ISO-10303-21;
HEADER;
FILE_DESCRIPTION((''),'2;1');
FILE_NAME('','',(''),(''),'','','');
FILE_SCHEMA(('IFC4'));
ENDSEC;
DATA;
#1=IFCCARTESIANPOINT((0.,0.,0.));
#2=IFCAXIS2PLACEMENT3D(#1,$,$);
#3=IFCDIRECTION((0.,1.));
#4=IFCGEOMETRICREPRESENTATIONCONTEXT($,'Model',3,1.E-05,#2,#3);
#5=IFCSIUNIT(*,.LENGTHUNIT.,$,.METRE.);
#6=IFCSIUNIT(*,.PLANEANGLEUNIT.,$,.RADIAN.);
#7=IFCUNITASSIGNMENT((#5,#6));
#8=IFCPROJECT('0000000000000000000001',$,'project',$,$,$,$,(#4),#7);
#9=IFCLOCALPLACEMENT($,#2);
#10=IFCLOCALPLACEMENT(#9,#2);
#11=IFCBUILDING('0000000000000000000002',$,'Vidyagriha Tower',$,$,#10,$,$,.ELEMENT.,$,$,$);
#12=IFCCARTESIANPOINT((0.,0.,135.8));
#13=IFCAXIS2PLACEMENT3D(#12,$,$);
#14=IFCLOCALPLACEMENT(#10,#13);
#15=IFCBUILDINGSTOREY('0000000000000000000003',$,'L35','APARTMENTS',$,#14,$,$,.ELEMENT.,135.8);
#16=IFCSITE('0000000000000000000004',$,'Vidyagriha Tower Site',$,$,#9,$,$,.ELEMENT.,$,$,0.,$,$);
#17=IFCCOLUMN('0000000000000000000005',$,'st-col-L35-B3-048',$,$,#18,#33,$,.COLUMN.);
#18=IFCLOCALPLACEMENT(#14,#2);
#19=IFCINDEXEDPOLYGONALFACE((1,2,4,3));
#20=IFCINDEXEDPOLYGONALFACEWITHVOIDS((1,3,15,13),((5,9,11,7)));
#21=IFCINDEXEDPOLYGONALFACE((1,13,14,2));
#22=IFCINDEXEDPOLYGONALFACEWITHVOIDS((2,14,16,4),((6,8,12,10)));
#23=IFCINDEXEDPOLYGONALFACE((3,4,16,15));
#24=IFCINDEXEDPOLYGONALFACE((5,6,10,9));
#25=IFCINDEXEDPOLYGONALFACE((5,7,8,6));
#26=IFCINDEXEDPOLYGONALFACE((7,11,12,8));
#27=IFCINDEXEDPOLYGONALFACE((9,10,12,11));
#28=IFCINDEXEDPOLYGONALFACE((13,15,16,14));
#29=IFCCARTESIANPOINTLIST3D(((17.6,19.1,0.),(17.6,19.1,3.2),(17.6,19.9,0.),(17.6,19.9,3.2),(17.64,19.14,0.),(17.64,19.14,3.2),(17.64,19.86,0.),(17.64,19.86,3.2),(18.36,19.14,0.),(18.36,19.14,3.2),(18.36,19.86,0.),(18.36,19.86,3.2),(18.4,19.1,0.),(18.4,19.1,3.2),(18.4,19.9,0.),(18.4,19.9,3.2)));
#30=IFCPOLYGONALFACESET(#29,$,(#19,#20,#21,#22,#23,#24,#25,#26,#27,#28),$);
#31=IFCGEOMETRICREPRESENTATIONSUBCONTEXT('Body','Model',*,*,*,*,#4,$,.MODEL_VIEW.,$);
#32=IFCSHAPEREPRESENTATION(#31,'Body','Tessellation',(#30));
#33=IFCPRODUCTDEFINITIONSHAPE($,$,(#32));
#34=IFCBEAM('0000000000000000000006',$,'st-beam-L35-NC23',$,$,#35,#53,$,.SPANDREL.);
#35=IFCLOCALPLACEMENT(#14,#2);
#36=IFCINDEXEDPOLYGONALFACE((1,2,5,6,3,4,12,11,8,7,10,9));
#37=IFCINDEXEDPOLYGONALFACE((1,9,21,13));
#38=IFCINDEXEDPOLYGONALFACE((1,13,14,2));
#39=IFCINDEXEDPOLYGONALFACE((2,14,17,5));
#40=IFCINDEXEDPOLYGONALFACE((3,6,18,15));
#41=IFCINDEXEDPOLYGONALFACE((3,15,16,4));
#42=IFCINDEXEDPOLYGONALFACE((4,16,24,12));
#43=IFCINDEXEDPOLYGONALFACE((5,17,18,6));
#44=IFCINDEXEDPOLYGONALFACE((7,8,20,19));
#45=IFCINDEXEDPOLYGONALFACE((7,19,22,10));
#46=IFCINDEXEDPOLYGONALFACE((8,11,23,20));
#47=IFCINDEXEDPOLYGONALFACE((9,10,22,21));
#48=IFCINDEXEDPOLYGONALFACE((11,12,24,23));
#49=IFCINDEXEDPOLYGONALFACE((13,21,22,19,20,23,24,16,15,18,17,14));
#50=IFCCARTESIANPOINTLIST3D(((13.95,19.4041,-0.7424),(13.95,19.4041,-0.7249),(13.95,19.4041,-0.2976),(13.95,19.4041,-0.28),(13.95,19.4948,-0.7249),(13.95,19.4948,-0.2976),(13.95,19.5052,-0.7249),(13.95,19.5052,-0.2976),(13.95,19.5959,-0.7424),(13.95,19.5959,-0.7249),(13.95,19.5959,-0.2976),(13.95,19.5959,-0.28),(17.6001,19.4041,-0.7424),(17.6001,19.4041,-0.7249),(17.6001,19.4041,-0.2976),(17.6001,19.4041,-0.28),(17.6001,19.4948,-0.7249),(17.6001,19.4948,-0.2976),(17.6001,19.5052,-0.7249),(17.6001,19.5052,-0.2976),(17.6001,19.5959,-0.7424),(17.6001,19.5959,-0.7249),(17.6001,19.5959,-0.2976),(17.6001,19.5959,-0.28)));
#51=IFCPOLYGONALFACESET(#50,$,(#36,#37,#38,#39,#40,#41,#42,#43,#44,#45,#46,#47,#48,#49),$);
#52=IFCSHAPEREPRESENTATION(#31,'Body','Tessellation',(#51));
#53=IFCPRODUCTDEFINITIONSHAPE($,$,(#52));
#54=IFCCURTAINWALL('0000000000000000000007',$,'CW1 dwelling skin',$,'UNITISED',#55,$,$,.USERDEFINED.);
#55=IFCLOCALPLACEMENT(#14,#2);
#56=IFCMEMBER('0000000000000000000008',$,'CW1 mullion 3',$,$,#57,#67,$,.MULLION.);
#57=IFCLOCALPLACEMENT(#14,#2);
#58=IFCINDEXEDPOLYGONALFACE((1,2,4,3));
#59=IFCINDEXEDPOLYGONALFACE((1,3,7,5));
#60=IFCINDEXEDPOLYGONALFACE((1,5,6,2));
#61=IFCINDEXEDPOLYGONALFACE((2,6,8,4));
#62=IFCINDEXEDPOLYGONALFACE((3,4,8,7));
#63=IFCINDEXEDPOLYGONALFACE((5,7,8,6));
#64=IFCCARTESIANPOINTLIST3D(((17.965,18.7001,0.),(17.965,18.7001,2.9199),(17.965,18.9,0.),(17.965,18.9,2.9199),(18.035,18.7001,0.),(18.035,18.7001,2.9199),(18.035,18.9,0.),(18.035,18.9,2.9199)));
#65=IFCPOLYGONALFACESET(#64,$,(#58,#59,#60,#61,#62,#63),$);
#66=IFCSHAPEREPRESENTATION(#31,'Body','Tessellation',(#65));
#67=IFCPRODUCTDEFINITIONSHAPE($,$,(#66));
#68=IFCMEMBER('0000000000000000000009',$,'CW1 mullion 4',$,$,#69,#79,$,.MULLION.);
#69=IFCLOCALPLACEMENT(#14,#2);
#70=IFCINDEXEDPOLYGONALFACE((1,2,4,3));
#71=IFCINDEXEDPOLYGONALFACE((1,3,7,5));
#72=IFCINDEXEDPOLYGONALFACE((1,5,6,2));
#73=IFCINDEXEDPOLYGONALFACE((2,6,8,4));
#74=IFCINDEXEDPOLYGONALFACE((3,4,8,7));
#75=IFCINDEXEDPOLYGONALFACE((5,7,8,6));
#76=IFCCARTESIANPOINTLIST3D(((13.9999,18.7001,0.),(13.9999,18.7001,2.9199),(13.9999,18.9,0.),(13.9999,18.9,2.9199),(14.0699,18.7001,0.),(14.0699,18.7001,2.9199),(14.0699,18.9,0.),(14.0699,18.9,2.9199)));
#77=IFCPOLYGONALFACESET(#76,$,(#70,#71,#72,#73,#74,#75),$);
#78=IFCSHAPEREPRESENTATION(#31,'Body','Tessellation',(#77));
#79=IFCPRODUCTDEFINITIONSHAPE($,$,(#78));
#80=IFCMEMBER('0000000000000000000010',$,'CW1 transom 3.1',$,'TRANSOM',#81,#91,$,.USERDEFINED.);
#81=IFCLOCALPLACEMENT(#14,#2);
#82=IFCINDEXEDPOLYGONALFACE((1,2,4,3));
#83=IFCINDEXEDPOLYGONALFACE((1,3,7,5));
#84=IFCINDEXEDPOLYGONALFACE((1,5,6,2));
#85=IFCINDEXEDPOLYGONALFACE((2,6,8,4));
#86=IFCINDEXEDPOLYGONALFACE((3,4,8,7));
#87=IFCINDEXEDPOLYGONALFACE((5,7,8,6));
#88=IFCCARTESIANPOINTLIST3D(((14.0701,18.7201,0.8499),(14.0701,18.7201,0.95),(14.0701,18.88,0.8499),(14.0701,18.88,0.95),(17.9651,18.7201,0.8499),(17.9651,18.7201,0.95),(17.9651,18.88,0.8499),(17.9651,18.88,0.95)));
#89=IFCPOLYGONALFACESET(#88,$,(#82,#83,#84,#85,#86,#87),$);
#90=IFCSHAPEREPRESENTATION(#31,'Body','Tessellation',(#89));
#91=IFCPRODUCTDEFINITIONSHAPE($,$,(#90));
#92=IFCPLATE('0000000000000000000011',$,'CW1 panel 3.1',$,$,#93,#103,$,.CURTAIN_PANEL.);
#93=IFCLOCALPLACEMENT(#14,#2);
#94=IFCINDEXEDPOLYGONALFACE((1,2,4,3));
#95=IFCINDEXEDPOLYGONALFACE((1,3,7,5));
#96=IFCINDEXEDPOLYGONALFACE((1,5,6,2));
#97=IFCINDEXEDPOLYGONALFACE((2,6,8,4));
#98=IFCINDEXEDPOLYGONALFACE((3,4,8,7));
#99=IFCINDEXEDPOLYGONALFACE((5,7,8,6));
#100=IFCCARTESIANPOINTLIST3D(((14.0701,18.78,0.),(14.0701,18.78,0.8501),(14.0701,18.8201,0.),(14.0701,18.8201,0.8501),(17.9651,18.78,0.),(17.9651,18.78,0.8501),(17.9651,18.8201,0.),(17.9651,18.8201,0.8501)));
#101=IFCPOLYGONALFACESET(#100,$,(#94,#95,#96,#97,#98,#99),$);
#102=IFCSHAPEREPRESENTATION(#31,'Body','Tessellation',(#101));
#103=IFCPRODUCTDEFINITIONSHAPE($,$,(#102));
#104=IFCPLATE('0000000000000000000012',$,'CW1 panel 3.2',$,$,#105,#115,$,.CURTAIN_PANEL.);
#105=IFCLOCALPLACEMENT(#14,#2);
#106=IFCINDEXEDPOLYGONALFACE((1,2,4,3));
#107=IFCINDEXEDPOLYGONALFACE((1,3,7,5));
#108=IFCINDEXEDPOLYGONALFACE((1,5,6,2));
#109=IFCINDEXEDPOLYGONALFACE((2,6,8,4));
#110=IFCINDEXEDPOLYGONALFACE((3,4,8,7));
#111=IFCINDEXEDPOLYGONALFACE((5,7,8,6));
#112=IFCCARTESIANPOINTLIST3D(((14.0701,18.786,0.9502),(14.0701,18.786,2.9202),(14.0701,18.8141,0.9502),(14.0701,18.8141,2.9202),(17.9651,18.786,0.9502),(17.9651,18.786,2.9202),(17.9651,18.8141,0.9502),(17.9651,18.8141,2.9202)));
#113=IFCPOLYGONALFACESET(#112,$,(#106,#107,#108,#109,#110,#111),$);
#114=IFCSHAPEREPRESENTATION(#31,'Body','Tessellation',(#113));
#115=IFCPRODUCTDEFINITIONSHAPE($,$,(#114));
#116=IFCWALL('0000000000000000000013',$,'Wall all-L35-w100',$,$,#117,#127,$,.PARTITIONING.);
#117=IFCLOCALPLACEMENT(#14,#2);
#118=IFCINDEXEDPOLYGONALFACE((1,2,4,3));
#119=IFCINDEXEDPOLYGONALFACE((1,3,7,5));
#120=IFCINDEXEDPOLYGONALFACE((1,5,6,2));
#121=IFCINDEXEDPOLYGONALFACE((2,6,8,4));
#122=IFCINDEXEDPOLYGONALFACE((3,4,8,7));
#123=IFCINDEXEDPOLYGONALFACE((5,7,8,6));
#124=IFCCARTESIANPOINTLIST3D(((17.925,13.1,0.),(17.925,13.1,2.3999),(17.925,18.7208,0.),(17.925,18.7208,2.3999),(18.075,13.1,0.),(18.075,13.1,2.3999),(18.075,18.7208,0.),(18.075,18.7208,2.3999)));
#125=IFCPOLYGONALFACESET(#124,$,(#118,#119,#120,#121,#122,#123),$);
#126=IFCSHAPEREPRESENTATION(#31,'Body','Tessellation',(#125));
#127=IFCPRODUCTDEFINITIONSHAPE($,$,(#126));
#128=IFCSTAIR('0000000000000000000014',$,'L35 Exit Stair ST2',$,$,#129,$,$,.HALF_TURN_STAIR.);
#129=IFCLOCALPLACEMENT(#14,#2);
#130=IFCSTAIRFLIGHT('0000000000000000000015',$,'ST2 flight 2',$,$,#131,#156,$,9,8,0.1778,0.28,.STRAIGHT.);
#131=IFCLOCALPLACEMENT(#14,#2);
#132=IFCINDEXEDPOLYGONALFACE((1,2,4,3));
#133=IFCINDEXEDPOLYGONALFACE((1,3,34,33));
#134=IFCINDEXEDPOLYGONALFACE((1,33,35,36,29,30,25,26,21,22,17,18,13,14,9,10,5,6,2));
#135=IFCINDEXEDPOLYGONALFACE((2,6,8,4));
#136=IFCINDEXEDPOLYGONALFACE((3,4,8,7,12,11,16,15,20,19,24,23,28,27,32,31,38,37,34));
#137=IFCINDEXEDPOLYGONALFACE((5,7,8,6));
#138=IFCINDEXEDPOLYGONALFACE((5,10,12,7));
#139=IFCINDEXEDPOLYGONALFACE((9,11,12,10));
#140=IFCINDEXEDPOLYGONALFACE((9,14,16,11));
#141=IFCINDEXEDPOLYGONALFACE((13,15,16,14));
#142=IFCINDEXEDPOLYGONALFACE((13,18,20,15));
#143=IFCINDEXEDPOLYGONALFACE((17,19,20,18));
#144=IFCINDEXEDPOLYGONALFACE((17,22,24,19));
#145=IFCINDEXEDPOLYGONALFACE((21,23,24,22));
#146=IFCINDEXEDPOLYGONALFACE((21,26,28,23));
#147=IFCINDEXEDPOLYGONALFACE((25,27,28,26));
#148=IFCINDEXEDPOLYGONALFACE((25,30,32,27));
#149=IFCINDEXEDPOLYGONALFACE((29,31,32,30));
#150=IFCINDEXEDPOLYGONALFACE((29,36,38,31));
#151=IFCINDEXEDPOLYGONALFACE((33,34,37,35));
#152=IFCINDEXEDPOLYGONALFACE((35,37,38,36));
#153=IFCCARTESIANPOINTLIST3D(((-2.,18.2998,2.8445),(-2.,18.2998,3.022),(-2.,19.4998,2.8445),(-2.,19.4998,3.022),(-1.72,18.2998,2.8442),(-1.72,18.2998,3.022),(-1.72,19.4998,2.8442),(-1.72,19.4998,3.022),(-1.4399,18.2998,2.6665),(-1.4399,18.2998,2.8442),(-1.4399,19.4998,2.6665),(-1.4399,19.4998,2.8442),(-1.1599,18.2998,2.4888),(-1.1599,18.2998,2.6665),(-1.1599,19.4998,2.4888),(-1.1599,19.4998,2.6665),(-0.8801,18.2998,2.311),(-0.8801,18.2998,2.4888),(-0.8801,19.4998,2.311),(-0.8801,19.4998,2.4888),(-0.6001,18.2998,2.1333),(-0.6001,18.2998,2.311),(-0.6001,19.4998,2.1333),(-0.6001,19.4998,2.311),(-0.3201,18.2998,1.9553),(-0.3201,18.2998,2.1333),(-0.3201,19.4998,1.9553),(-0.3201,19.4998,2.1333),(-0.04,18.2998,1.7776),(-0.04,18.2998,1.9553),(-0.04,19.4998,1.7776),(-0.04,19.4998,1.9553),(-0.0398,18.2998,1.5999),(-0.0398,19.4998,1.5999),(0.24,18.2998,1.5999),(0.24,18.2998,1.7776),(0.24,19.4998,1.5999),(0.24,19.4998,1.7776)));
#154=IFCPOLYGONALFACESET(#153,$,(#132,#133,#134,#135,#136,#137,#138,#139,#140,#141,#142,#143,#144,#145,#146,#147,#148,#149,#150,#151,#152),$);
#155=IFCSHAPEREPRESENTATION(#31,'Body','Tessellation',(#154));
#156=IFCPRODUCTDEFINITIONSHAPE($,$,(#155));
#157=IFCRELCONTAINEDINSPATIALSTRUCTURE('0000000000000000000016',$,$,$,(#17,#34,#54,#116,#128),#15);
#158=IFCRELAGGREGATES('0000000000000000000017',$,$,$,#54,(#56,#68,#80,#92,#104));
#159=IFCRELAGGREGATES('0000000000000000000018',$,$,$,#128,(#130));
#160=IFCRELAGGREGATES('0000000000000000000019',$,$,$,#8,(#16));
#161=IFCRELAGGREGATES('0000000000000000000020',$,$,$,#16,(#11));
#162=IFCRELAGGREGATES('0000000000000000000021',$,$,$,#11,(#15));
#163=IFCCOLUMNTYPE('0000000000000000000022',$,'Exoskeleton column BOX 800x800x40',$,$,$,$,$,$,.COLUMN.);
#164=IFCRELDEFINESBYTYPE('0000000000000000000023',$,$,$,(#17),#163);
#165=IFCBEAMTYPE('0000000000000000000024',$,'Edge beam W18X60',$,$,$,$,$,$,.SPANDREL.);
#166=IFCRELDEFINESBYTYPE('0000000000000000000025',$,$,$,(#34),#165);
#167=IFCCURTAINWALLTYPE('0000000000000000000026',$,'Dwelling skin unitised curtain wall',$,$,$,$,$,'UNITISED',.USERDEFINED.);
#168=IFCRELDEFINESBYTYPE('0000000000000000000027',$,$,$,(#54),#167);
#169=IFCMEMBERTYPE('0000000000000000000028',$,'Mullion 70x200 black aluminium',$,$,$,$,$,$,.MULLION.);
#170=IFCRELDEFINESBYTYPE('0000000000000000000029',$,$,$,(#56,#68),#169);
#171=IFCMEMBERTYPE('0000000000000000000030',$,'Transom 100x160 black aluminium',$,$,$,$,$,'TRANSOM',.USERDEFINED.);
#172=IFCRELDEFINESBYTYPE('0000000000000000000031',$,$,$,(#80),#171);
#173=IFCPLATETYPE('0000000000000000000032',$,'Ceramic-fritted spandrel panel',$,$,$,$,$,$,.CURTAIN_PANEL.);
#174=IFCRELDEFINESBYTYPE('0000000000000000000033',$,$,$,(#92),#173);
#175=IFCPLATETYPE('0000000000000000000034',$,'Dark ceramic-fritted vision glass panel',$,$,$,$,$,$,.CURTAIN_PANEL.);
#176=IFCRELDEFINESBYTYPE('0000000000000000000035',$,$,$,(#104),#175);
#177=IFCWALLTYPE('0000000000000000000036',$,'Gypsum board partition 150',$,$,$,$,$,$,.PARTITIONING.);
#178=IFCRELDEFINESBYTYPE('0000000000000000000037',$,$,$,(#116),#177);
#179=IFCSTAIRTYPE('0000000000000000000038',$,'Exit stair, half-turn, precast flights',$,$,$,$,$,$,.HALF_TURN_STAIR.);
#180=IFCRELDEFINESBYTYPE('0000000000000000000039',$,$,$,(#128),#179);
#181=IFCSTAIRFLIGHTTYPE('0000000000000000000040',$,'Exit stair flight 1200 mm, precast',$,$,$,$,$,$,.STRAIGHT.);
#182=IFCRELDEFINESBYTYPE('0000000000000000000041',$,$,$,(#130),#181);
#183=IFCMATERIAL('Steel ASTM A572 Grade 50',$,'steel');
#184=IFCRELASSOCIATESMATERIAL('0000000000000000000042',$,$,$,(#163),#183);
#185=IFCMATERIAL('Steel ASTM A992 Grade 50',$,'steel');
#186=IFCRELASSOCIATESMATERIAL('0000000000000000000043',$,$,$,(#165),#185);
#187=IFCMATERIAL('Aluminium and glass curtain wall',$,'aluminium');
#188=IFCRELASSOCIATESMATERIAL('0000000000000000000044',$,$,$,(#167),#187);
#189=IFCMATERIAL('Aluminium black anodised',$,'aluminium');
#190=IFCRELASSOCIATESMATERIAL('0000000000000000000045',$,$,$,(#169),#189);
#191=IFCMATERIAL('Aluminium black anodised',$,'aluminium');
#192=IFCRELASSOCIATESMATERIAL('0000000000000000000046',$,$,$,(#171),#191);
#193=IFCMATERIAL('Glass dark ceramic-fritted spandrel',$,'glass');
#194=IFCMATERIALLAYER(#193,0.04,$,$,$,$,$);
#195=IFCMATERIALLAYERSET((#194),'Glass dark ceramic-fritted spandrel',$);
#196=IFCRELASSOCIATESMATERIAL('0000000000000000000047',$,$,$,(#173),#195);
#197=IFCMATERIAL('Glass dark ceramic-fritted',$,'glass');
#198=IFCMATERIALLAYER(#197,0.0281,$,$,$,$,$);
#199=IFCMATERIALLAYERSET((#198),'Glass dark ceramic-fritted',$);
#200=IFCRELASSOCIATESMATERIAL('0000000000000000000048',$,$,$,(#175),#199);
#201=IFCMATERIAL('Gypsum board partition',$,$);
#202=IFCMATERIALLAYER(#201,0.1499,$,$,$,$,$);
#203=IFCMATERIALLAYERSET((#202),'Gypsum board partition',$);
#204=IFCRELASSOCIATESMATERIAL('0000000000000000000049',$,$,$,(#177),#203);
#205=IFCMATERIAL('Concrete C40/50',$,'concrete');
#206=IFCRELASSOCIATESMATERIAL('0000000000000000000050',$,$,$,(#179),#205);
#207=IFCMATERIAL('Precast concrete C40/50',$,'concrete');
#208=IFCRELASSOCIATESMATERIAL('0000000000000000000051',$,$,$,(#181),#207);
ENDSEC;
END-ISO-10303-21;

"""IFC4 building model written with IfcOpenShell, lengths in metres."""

from ifc_helpers import new_model, si_unit, direction, frame, frame_2d, origin, origin_2d, place, context, subcontext, project, spatial, polyline, rectangle, hollow_rectangle, i_section, outline, extrude, material, layer, layer_set, material_profile, profile_set, type_object, element, aggregate, save


model = new_model("IFC4")

# Units and contexts
model_context = context("Model", 3, precision=1e-05, world=origin(), true_north=direction((0.0, 1.0)))
body_context = subcontext(model_context, "Body", "Model", "MODEL_VIEW")
ifc_project = project(units=[si_unit("LENGTHUNIT", "METRE"), si_unit("PLANEANGLEUNIT", "RADIAN")], contexts=[model_context])

# Site, building, storey
site_placement = place(None, origin())
site = spatial("IfcSite", under=ifc_project, at=site_placement, Name="Vidyagriha Tower Site", CompositionType="ELEMENT", RefElevation=0.0)
building_placement = place(site_placement, origin())
building = spatial("IfcBuilding", under=site, at=building_placement, Name="Vidyagriha Tower", CompositionType="ELEMENT")
storey_placement = place(building_placement, frame((0.0, 0.0, 135.8)))
storey = spatial("IfcBuildingStorey", under=building, at=storey_placement, Name="L35", Description="APARTMENTS", CompositionType="ELEMENT", Elevation=135.8)

# Column
ifc_material_1 = material(Name="Steel ASTM A572 Grade 50", Category="steel")
ifc_material_profile_1 = material_profile(ifc_material_1, hollow_rectangle(XDim=0.8, YDim=0.8, WallThickness=0.04, at=origin_2d()), Name="BOX 800x800x40")
ifc_profile_set_1 = profile_set([ifc_material_profile_1], Name="Steel ASTM A572 Grade 50")
column_type = type_object("IfcColumnType", Name="Exoskeleton column BOX 800x800x40", PredefinedType="COLUMN", material=ifc_profile_set_1)
column_placement = place(storey_placement, frame((18.0, 19.5, 0.0)))
element("IfcColumn", 1, at=column_placement, inside=storey, type_object=column_type, Name="st-col-L35-B3-048", PredefinedType="COLUMN", context=body_context, shape_type="SweptSolid", body=[
    extrude(hollow_rectangle(XDim=0.8, YDim=0.8, WallThickness=0.04, at=origin_2d()), origin(), (0.0, 0.0, 1.0), 3.2),
])

# Beam
ifc_material_2 = material(Name="Steel ASTM A992 Grade 50", Category="steel")
ifc_material_profile_2 = material_profile(ifc_material_2, i_section(OverallWidth=0.1919, OverallDepth=0.4624, WebThickness=0.0105, FlangeThickness=0.0176, at=origin_2d()), Name="W18X60")
ifc_profile_set_2 = profile_set([ifc_material_profile_2], Name="Steel ASTM A992 Grade 50")
beam_type = type_object("IfcBeamType", Name="Edge beam W18X60", PredefinedType="SPANDREL", material=ifc_profile_set_2)
beam_placement = place(storey_placement, frame((13.95, 19.5, -0.5112), z_axis=(1.0, 0.0, 0.0), x_axis=(0.0, 1.0, 0.0)))
element("IfcBeam", 2, at=beam_placement, inside=storey, type_object=beam_type, Name="st-beam-L35-NC23", PredefinedType="SPANDREL", context=body_context, shape_type="SweptSolid", body=[
    extrude(i_section(OverallWidth=0.1919, OverallDepth=0.4624, WebThickness=0.0105, FlangeThickness=0.0176, at=origin_2d()), origin(), (0.0, 0.0, 1.0), 3.6501),
])

# Curtain wall, members, plates
ifc_material_3 = material(Name="Aluminium and glass curtain wall", Category="aluminium")
curtain_wall_type = type_object("IfcCurtainWallType", Name="Dwelling skin unitised curtain wall", ElementType="UNITISED", PredefinedType="USERDEFINED", material=ifc_material_3)
curtain_wall_placement = place(storey_placement, origin())
curtain_wall = element("IfcCurtainWall", 3, at=curtain_wall_placement, inside=storey, type_object=curtain_wall_type, Name="CW1 dwelling skin", ObjectType="UNITISED", PredefinedType="USERDEFINED")
ifc_material_4 = material(Name="Aluminium black anodised", Category="aluminium")
ifc_material_profile_3 = material_profile(ifc_material_4, rectangle(XDim=0.2, YDim=0.0701, at=origin_2d()), Name="Mullion 70x200 black aluminium")
ifc_profile_set_3 = profile_set([ifc_material_profile_3], Name="Aluminium black anodised")
member_type_1 = type_object("IfcMemberType", Name="Mullion 70x200 black aluminium", PredefinedType="MULLION", material=ifc_profile_set_3)
member_1_placement = place(storey_placement, frame((18.0, 18.8, 0.0), z_axis=(0.0, 0.0, 1.0), x_axis=(0.0, -1.0, 0.0)))
member_1 = element("IfcMember", 4, at=member_1_placement, type_object=member_type_1, Name="CW1 mullion 3", PredefinedType="MULLION", context=body_context, shape_type="SweptSolid", body=[
    extrude(rectangle(XDim=0.2, YDim=0.0701, at=origin_2d()), origin(), (0.0, 0.0, 1.0), 2.9199),
])
member_2_placement = place(storey_placement, frame((14.0349, 18.8, 0.0), z_axis=(0.0, 0.0, 1.0), x_axis=(0.0, -1.0, 0.0)))
member_2 = element("IfcMember", 5, at=member_2_placement, type_object=member_type_1, Name="CW1 mullion 4", PredefinedType="MULLION", context=body_context, shape_type="SweptSolid", body=[
    extrude(rectangle(XDim=0.2, YDim=0.0701, at=origin_2d()), origin(), (0.0, 0.0, 1.0), 2.9199),
])
ifc_material_5 = material(Name="Aluminium black anodised", Category="aluminium")
ifc_material_profile_4 = material_profile(ifc_material_5, rectangle(XDim=0.1599, YDim=0.1001, at=origin_2d()), Name="Transom 100x160 black aluminium")
ifc_profile_set_4 = profile_set([ifc_material_profile_4], Name="Aluminium black anodised")
member_type_2 = type_object("IfcMemberType", Name="Transom 100x160 black aluminium", ElementType="TRANSOM", PredefinedType="USERDEFINED", material=ifc_profile_set_4)
member_3_placement = place(storey_placement, frame((17.9651, 18.8, 0.8999), z_axis=(-1.0, 0.0, 0.0), x_axis=(0.0, -1.0, 0.0)))
member_3 = element("IfcMember", 6, at=member_3_placement, type_object=member_type_2, Name="CW1 transom 3.1", ObjectType="TRANSOM", PredefinedType="USERDEFINED", context=body_context, shape_type="SweptSolid", body=[
    extrude(rectangle(XDim=0.1599, YDim=0.1001, at=origin_2d()), origin(), (0.0, 0.0, 1.0), 3.895),
])
ifc_material_6 = material(Name="Glass dark ceramic-fritted spandrel", Category="glass")
ifc_layer_1 = layer(ifc_material_6, 0.04)
ifc_layer_set_1 = layer_set([ifc_layer_1], Name="Glass dark ceramic-fritted spandrel")
plate_type_1 = type_object("IfcPlateType", Name="Ceramic-fritted spandrel panel", PredefinedType="CURTAIN_PANEL", material=ifc_layer_set_1)
plate_1_placement = place(storey_placement, frame((16.0176, 18.8, 0.0), z_axis=(0.0, 0.0, 1.0), x_axis=(-1.0, 0.0, 0.0)))
plate_1 = element("IfcPlate", 7, at=plate_1_placement, type_object=plate_type_1, Name="CW1 panel 3.1", PredefinedType="CURTAIN_PANEL", context=body_context, shape_type="SweptSolid", body=[
    extrude(rectangle(XDim=3.895, YDim=0.04, at=origin_2d()), origin(), (0.0, 0.0, 1.0), 0.8501),
])
ifc_material_7 = material(Name="Glass dark ceramic-fritted", Category="glass")
ifc_layer_2 = layer(ifc_material_7, 0.0281)
ifc_layer_set_2 = layer_set([ifc_layer_2], Name="Glass dark ceramic-fritted")
plate_type_2 = type_object("IfcPlateType", Name="Dark ceramic-fritted vision glass panel", PredefinedType="CURTAIN_PANEL", material=ifc_layer_set_2)
plate_2_placement = place(storey_placement, frame((16.0176, 18.8, 0.9502), z_axis=(0.0, 0.0, 1.0), x_axis=(-1.0, 0.0, 0.0)))
plate_2 = element("IfcPlate", 8, at=plate_2_placement, type_object=plate_type_2, Name="CW1 panel 3.2", PredefinedType="CURTAIN_PANEL", context=body_context, shape_type="SweptSolid", body=[
    extrude(rectangle(XDim=3.895, YDim=0.0281, at=origin_2d()), origin(), (0.0, 0.0, 1.0), 1.97),
])
aggregate(curtain_wall, [member_1, member_2, member_3, plate_1, plate_2])

# Wall
ifc_material_8 = material(Name="Gypsum board partition")
ifc_layer_3 = layer(ifc_material_8, 0.1499)
ifc_layer_set_3 = layer_set([ifc_layer_3], Name="Gypsum board partition")
wall_type = type_object("IfcWallType", Name="Gypsum board partition 150", PredefinedType="PARTITIONING", material=ifc_layer_set_3)
wall_placement = place(storey_placement, frame((18.0, 18.7209, 0.0), z_axis=(0.0, 0.0, 1.0), x_axis=(0.0, -1.0, 0.0)))
element("IfcWall", 9, at=wall_placement, inside=storey, type_object=wall_type, Name="Wall all-L35-w100", PredefinedType="PARTITIONING", context=body_context, shape_type="SweptSolid", body=[
    extrude(rectangle(XDim=5.6208, YDim=0.1499, at=frame_2d((2.8105, 0.0))), origin(), (0.0, 0.0, 1.0), 2.3999),
])

# Stair, stair flight
ifc_material_9 = material(Name="Concrete C40/50", Category="concrete")
stair_type = type_object("IfcStairType", Name="Exit stair, half-turn, precast flights", PredefinedType="HALF_TURN_STAIR", material=ifc_material_9)
stair_1_placement = place(storey_placement, origin())
stair_1 = element("IfcStair", 10, at=stair_1_placement, inside=storey, type_object=stair_type, Name="L35 Exit Stair ST2", PredefinedType="HALF_TURN_STAIR")
ifc_material_10 = material(Name="Precast concrete C40/50", Category="concrete")
stair_flight_type = type_object("IfcStairFlightType", Name="Exit stair flight 1200 mm, precast", PredefinedType="STRAIGHT", material=ifc_material_10)
stair_flight_1_placement = place(storey_placement, frame((0.24, 18.8999, 1.5999), z_axis=(0.0, 0.0, 1.0), x_axis=(-1.0, 0.0, 0.0)))
stair_flight_1 = element("IfcStairFlight", 11, at=stair_flight_1_placement, type_object=stair_flight_type, Name="ST2 flight 2", NumberOfRisers=9, NumberOfTreads=8, PredefinedType="STRAIGHT", RiserHeight=0.1778, TreadLength=0.28, context=body_context, shape_type="SweptSolid", body=[
    extrude(outline(polyline([(0.0, 0.0), (0.0, 0.1777), (0.28, 0.1777), (0.28, 0.3555), (0.5601, 0.3555), (0.5601, 0.5334), (0.8401, 0.5334), (0.8401, 0.7112), (1.1201, 0.7112), (1.1201, 0.8889), (1.3999, 0.8889), (1.3999, 1.0667), (1.6799, 1.0667), (1.6799, 1.2444), (1.96, 1.2444), (1.96, 1.4221), (2.24, 1.4221), (2.24, 1.6001), (2.24, 1.2446), (0.2798, 0.0), (0.0, 0.0)])), frame((0.0, 0.6001, 0.0), z_axis=(0.0, -1.0, 0.0), x_axis=(1.0, 0.0, 0.0)), (0.0, 0.0, 1.0), 1.2),
])
aggregate(stair_1, [stair_flight_1])

save(model, "model.ifc")
